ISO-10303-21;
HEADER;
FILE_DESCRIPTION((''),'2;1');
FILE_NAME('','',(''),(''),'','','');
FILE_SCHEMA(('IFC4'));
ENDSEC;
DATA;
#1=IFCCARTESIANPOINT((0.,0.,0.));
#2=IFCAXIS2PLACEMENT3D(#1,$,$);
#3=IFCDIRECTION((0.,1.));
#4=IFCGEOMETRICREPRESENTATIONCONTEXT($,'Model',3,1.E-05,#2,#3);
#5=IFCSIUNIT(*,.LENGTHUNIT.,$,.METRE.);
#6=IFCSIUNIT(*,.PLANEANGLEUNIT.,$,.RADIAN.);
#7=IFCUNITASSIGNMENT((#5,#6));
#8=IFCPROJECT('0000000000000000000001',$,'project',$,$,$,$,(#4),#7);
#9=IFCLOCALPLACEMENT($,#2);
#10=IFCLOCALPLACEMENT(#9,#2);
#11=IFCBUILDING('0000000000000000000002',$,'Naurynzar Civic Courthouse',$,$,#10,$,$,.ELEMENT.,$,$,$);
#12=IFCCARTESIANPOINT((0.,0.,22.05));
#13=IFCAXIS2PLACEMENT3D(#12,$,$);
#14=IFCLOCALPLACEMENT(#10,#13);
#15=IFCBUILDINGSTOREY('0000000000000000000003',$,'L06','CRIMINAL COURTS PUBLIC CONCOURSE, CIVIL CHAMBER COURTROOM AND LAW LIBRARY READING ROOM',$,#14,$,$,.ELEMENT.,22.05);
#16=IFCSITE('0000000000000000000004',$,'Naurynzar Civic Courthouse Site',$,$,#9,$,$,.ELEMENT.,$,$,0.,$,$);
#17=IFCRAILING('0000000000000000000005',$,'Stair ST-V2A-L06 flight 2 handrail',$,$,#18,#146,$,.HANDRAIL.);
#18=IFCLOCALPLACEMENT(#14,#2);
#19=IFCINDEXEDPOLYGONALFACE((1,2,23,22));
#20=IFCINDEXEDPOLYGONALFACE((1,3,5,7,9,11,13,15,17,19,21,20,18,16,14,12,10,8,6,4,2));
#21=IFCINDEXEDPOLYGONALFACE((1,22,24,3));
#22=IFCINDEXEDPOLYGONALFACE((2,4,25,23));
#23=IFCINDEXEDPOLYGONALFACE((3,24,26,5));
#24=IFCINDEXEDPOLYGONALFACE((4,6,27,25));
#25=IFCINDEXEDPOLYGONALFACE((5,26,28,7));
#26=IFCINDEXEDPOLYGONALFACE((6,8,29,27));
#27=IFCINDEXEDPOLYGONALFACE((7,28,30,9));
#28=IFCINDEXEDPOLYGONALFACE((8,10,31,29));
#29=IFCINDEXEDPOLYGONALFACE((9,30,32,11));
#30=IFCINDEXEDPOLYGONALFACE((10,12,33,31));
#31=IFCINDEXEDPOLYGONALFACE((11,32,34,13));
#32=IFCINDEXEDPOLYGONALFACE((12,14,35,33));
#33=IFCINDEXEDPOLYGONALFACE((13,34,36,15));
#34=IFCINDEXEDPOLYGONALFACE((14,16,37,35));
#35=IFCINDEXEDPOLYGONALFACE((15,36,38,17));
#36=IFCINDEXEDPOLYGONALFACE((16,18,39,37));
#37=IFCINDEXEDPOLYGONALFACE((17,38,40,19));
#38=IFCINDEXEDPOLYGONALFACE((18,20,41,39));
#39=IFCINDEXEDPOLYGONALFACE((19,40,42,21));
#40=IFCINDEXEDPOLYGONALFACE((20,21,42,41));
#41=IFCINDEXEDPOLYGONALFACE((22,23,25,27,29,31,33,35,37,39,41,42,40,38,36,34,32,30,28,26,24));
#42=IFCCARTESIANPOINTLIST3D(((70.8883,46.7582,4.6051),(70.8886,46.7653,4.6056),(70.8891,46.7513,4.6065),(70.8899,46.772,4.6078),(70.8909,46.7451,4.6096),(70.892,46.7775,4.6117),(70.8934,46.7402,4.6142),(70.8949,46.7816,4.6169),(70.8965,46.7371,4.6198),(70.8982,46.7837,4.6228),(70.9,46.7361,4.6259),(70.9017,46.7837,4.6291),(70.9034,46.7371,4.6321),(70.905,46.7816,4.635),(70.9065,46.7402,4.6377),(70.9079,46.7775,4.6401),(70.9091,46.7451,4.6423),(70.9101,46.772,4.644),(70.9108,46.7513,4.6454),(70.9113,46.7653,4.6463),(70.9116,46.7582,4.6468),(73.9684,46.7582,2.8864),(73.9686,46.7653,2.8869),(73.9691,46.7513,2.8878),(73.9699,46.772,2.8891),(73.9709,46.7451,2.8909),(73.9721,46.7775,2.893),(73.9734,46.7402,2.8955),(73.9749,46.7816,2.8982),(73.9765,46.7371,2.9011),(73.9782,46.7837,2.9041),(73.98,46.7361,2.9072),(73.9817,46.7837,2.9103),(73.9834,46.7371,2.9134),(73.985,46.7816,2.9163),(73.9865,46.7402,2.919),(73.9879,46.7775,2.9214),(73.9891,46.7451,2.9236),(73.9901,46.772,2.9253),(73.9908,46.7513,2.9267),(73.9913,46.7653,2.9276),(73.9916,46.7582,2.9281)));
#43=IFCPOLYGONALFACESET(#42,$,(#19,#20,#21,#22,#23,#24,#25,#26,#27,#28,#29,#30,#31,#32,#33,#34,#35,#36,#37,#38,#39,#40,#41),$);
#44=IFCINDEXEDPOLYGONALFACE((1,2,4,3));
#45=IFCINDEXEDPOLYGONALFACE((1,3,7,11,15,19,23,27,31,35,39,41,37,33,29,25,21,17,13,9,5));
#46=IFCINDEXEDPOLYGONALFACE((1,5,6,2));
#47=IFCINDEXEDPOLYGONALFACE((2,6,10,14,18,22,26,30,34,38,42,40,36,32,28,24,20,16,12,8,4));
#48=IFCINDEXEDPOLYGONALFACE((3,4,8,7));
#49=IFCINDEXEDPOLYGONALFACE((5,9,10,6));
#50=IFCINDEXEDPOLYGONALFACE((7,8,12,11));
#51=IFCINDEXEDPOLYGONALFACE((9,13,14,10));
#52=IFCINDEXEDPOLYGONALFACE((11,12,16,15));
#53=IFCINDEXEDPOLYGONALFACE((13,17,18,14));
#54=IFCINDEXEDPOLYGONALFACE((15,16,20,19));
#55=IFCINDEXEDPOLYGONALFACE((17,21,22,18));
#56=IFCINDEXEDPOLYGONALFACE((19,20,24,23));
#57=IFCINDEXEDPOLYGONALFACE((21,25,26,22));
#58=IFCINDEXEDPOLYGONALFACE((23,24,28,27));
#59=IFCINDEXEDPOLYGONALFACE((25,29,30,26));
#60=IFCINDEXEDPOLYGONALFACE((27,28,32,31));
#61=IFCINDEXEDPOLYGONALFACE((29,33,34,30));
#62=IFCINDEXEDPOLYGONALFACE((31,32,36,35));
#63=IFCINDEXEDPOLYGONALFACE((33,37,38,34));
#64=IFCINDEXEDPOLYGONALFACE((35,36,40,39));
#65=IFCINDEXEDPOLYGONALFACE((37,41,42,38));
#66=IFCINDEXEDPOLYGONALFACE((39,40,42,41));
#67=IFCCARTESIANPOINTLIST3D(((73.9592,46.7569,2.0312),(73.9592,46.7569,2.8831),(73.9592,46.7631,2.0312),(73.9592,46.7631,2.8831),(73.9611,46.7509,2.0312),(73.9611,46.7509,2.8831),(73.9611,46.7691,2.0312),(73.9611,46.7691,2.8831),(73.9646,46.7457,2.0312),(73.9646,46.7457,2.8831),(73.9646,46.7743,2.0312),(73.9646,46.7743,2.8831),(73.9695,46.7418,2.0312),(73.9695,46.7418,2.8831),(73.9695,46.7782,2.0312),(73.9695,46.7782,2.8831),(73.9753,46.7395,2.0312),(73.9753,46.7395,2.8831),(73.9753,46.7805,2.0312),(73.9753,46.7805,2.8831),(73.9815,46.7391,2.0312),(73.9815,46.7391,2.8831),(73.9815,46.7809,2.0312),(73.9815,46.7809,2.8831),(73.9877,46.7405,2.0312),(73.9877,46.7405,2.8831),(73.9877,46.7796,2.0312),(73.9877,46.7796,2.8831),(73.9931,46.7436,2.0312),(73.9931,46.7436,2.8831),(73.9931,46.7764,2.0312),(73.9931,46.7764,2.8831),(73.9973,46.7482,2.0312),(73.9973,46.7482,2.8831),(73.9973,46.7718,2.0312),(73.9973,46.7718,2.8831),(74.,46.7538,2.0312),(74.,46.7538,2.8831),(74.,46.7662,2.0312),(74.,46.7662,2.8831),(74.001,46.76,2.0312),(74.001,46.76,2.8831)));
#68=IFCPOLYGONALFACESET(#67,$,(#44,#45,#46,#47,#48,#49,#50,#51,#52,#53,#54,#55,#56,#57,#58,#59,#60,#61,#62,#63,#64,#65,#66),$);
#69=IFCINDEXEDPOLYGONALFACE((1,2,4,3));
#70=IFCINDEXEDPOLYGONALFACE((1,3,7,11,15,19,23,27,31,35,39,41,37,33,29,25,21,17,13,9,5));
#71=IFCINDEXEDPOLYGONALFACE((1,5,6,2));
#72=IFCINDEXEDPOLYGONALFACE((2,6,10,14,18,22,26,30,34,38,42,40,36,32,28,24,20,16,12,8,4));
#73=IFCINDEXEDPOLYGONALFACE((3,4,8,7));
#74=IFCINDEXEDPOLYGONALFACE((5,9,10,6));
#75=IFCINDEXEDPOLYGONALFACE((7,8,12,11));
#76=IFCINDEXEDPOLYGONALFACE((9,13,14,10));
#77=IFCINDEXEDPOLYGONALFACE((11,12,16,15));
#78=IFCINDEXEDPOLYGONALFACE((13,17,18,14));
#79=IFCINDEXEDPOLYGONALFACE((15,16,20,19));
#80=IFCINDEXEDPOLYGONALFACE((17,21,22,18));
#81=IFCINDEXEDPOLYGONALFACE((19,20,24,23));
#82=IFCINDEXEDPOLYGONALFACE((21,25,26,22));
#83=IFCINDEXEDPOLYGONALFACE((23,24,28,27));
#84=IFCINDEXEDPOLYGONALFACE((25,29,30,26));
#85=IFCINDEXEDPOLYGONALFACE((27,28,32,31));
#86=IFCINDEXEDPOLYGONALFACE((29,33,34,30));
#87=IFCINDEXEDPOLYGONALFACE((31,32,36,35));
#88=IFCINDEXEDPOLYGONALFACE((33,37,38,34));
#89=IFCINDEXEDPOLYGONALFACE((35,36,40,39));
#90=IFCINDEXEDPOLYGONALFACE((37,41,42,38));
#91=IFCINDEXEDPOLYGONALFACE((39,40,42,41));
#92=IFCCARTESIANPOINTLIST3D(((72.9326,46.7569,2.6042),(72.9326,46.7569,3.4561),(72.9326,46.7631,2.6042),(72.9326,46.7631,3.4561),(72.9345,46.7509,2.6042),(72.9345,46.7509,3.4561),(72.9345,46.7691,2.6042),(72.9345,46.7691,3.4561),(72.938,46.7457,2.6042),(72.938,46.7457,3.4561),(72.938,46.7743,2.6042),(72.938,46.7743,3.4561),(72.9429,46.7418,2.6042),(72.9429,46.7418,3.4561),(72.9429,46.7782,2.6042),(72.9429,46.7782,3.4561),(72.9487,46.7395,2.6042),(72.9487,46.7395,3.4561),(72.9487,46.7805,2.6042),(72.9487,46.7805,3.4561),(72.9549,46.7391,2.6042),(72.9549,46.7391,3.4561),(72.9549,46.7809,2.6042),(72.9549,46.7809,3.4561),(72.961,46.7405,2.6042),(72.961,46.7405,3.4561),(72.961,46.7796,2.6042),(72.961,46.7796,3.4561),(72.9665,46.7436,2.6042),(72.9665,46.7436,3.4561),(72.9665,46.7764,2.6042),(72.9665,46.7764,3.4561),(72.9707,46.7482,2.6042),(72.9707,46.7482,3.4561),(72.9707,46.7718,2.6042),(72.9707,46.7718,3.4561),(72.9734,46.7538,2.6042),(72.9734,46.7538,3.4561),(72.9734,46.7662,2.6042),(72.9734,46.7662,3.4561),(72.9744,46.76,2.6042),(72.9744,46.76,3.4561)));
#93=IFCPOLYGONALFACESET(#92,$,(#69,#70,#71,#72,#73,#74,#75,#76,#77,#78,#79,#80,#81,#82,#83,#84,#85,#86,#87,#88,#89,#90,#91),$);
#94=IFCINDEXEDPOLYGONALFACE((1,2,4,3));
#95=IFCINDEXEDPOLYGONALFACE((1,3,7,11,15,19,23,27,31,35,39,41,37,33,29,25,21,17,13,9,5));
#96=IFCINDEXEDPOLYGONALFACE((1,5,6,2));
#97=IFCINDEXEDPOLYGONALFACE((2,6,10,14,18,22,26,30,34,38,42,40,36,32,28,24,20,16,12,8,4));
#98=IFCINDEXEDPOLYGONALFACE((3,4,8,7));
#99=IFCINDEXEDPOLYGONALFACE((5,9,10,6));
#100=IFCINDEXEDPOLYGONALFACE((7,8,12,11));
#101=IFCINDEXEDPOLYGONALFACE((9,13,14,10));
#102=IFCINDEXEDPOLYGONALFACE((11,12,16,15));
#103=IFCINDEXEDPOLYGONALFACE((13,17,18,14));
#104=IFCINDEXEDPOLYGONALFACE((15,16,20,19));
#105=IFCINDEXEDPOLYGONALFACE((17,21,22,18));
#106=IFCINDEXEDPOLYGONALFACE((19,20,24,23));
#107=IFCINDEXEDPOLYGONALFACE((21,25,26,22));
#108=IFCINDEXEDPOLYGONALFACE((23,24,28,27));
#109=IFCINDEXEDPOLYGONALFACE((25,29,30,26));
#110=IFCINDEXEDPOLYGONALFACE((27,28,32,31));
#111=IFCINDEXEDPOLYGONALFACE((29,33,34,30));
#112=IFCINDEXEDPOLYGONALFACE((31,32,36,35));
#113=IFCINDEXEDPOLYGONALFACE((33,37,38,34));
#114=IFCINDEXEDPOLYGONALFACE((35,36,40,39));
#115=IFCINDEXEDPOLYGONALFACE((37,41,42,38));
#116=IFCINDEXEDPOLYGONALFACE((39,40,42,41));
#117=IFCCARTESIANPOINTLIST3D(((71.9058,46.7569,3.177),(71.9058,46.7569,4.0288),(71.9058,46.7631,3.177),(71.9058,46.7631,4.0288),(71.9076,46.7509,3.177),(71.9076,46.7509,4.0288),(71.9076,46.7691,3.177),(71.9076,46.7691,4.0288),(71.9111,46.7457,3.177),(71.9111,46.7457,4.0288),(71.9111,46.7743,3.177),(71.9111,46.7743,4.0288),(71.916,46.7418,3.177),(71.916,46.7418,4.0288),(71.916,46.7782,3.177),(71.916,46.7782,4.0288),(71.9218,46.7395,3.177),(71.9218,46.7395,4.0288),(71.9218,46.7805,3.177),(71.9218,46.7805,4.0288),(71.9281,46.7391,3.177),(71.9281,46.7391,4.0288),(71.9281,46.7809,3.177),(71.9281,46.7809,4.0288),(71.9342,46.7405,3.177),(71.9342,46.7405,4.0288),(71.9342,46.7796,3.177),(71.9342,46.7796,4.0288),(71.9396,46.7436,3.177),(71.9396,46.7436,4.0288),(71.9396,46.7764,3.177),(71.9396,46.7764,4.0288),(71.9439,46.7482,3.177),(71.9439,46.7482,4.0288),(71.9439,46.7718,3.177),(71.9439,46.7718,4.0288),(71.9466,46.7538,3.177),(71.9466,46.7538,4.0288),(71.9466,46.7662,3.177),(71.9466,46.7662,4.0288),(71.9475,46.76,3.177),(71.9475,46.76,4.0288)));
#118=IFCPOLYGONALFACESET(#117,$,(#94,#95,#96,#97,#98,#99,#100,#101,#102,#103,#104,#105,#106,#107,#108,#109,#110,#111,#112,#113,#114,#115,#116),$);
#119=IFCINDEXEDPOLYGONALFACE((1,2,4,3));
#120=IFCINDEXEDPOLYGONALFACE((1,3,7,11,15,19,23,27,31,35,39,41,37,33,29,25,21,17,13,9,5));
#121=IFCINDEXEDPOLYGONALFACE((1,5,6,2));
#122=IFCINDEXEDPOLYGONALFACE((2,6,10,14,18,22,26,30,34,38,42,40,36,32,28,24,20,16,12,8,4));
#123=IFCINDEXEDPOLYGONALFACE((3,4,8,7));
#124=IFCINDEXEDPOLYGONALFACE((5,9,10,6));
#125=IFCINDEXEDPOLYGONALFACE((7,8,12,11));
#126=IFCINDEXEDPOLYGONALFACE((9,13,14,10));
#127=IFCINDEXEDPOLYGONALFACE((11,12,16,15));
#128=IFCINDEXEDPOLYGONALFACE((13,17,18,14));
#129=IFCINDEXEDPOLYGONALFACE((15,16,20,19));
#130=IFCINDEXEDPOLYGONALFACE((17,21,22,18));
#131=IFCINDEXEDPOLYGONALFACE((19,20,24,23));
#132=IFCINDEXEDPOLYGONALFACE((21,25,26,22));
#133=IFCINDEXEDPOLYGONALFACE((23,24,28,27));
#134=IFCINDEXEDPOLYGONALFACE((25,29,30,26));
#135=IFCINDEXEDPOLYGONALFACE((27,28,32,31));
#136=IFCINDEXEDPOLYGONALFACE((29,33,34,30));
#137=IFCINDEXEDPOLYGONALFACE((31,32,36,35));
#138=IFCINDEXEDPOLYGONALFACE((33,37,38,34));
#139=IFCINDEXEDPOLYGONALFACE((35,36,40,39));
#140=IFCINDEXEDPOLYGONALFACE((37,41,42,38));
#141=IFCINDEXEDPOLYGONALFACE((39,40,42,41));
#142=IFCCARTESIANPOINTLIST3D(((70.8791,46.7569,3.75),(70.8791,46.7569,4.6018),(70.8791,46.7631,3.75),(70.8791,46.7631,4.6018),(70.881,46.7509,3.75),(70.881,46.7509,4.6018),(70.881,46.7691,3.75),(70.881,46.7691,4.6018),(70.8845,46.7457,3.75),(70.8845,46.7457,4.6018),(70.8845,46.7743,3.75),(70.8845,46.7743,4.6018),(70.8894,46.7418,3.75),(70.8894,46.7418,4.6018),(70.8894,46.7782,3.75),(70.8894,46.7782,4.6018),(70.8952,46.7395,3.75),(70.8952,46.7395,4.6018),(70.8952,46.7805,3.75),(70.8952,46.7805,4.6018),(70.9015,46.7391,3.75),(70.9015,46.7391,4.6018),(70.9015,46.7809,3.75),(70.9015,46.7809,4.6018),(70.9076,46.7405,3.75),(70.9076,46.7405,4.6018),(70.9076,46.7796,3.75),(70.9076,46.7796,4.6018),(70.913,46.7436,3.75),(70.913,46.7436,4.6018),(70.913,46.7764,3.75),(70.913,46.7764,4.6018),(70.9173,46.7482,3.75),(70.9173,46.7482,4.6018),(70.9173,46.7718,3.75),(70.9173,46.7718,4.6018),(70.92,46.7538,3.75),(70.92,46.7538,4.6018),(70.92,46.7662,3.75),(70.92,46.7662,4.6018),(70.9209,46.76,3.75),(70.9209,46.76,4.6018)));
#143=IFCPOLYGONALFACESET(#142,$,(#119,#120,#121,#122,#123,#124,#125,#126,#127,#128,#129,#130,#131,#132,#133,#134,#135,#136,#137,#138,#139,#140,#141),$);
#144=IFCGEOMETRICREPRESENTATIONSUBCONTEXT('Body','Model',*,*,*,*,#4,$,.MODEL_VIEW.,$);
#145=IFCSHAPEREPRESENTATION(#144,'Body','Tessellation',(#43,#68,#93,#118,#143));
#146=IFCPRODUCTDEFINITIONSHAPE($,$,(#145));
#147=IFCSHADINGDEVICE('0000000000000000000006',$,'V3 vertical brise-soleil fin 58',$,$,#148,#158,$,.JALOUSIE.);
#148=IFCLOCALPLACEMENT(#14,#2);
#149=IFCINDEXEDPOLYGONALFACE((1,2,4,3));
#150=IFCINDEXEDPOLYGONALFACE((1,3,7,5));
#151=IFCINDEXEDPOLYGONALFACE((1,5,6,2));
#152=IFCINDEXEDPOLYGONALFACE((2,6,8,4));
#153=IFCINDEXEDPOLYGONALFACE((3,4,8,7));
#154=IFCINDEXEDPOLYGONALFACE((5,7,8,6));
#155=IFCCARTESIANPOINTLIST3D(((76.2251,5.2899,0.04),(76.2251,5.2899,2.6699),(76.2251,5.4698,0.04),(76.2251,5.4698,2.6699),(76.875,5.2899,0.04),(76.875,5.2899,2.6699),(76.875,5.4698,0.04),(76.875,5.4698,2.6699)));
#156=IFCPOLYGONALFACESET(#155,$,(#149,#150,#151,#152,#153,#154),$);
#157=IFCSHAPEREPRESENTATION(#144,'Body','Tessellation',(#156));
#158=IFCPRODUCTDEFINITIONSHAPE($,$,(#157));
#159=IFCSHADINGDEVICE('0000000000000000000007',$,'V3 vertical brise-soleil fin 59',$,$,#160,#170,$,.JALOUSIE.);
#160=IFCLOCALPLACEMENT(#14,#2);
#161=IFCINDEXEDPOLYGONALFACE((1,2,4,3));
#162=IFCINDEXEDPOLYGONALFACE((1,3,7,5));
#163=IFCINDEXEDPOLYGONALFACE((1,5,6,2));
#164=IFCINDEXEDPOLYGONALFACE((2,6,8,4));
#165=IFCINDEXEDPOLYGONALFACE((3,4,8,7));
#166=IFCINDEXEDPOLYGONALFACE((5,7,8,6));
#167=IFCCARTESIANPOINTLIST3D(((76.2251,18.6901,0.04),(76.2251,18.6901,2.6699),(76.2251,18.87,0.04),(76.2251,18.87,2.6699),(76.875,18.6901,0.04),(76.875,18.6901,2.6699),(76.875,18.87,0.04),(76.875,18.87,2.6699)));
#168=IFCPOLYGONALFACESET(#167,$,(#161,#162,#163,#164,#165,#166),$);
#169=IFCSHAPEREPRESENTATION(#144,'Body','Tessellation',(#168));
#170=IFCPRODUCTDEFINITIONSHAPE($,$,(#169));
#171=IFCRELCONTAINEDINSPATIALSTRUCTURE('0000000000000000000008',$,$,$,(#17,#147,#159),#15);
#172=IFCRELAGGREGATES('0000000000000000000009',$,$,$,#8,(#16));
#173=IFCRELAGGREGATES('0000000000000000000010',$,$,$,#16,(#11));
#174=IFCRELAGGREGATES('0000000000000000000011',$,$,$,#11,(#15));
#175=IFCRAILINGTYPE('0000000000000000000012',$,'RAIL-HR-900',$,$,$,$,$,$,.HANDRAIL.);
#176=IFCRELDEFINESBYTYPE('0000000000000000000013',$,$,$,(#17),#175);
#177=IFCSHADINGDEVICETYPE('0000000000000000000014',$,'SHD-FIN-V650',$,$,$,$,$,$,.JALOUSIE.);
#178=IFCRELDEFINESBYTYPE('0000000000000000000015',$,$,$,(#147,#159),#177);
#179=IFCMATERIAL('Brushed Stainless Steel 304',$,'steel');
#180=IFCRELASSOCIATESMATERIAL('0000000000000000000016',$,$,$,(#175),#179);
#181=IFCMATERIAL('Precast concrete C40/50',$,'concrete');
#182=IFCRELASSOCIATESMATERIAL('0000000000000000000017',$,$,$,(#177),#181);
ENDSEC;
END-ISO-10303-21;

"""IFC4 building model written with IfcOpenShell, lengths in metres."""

from ifc_helpers import new_model, si_unit, direction, frame, origin, origin_2d, place, context, subcontext, project, spatial, rectangle, circle, extrude, material, type_object, element, save


model = new_model("IFC4")

# Units and contexts
model_context = context("Model", 3, precision=1e-05, world=origin(), true_north=direction((0.0, 1.0)))
body_context = subcontext(model_context, "Body", "Model", "MODEL_VIEW")
ifc_project = project(units=[si_unit("LENGTHUNIT", "METRE"), si_unit("PLANEANGLEUNIT", "RADIAN")], contexts=[model_context])

# Site, building, storey
site_placement = place(None, origin())
site = spatial("IfcSite", under=ifc_project, at=site_placement, Name="Naurynzar Civic Courthouse Site", CompositionType="ELEMENT", RefElevation=0.0)
building_placement = place(site_placement, origin())
building = spatial("IfcBuilding", under=site, at=building_placement, Name="Naurynzar Civic Courthouse", CompositionType="ELEMENT")
storey_placement = place(building_placement, frame((0.0, 0.0, 22.05)))
storey = spatial("IfcBuildingStorey", under=building, at=storey_placement, Name="L06", Description="CRIMINAL COURTS PUBLIC CONCOURSE, CIVIL CHAMBER COURTROOM AND LAW LIBRARY READING ROOM", CompositionType="ELEMENT", Elevation=22.05)

# Railing
ifc_material_1 = material(Name="Brushed Stainless Steel 304", Category="steel")
railing_type_1 = type_object("IfcRailingType", Name="RAIL-HR-900", PredefinedType="HANDRAIL", material=ifc_material_1)
railing_1_placement = place(storey_placement, frame((73.98, 46.76, 2.0312)))
element("IfcRailing", 1, at=railing_1_placement, inside=storey, type_object=railing_type_1, Name="Stair ST-V2A-L06 flight 2 handrail", PredefinedType="HANDRAIL", context=body_context, shape_type="SweptSolid", body=[
    extrude(circle(Radius=0.0239, at=origin_2d()), frame((0.0, 0.0, 0.876), z_axis=(-0.873242, 0.0, 0.487288), x_axis=(0.0, -1.0, 0.0)), (0.0, 0.0, 1.0), 3.5271),
    extrude(circle(Radius=0.021, at=origin_2d()), origin(), (0.0, 0.0, 1.0), 0.8518),
    extrude(circle(Radius=0.021, at=origin_2d()), frame((-1.0266, 0.0, 0.573)), (0.0, 0.0, 1.0), 0.8518),
    extrude(circle(Radius=0.021, at=origin_2d()), frame((-2.0535, 0.0, 1.1458)), (0.0, 0.0, 1.0), 0.8518),
    extrude(circle(Radius=0.021, at=origin_2d()), frame((-3.0801, 0.0, 1.7188)), (0.0, 0.0, 1.0), 0.8518),
])

# Shading devices
ifc_material_2 = material(Name="Precast concrete C40/50", Category="concrete")
shading_device_type = type_object("IfcShadingDeviceType", Name="SHD-FIN-V650", PredefinedType="JALOUSIE", material=ifc_material_2)
for number, where, z_axis, x_axis, name in (
    (2, (76.55, 5.3799, 0.04), (0.0, 0.0, 1.0), (0.0, 1.0, 0.0), "V3 vertical brise-soleil fin 58"),
    (3, (76.55, 18.78, 0.04), (0.0, 0.0, 1.0), (0.0, 1.0, 0.0), "V3 vertical brise-soleil fin 59"),
):
    element("IfcShadingDevice", number, at=place(storey_placement, frame(where, z_axis=z_axis, x_axis=x_axis)), inside=storey, type_object=shading_device_type, Name=name, PredefinedType="JALOUSIE", context=body_context, shape_type="SweptSolid", body=[
        extrude(rectangle(XDim=0.1799, YDim=0.6499, at=origin_2d()), origin(), (0.0, 0.0, 1.0), 2.6299),
    ])

save(model, "model.ifc")
